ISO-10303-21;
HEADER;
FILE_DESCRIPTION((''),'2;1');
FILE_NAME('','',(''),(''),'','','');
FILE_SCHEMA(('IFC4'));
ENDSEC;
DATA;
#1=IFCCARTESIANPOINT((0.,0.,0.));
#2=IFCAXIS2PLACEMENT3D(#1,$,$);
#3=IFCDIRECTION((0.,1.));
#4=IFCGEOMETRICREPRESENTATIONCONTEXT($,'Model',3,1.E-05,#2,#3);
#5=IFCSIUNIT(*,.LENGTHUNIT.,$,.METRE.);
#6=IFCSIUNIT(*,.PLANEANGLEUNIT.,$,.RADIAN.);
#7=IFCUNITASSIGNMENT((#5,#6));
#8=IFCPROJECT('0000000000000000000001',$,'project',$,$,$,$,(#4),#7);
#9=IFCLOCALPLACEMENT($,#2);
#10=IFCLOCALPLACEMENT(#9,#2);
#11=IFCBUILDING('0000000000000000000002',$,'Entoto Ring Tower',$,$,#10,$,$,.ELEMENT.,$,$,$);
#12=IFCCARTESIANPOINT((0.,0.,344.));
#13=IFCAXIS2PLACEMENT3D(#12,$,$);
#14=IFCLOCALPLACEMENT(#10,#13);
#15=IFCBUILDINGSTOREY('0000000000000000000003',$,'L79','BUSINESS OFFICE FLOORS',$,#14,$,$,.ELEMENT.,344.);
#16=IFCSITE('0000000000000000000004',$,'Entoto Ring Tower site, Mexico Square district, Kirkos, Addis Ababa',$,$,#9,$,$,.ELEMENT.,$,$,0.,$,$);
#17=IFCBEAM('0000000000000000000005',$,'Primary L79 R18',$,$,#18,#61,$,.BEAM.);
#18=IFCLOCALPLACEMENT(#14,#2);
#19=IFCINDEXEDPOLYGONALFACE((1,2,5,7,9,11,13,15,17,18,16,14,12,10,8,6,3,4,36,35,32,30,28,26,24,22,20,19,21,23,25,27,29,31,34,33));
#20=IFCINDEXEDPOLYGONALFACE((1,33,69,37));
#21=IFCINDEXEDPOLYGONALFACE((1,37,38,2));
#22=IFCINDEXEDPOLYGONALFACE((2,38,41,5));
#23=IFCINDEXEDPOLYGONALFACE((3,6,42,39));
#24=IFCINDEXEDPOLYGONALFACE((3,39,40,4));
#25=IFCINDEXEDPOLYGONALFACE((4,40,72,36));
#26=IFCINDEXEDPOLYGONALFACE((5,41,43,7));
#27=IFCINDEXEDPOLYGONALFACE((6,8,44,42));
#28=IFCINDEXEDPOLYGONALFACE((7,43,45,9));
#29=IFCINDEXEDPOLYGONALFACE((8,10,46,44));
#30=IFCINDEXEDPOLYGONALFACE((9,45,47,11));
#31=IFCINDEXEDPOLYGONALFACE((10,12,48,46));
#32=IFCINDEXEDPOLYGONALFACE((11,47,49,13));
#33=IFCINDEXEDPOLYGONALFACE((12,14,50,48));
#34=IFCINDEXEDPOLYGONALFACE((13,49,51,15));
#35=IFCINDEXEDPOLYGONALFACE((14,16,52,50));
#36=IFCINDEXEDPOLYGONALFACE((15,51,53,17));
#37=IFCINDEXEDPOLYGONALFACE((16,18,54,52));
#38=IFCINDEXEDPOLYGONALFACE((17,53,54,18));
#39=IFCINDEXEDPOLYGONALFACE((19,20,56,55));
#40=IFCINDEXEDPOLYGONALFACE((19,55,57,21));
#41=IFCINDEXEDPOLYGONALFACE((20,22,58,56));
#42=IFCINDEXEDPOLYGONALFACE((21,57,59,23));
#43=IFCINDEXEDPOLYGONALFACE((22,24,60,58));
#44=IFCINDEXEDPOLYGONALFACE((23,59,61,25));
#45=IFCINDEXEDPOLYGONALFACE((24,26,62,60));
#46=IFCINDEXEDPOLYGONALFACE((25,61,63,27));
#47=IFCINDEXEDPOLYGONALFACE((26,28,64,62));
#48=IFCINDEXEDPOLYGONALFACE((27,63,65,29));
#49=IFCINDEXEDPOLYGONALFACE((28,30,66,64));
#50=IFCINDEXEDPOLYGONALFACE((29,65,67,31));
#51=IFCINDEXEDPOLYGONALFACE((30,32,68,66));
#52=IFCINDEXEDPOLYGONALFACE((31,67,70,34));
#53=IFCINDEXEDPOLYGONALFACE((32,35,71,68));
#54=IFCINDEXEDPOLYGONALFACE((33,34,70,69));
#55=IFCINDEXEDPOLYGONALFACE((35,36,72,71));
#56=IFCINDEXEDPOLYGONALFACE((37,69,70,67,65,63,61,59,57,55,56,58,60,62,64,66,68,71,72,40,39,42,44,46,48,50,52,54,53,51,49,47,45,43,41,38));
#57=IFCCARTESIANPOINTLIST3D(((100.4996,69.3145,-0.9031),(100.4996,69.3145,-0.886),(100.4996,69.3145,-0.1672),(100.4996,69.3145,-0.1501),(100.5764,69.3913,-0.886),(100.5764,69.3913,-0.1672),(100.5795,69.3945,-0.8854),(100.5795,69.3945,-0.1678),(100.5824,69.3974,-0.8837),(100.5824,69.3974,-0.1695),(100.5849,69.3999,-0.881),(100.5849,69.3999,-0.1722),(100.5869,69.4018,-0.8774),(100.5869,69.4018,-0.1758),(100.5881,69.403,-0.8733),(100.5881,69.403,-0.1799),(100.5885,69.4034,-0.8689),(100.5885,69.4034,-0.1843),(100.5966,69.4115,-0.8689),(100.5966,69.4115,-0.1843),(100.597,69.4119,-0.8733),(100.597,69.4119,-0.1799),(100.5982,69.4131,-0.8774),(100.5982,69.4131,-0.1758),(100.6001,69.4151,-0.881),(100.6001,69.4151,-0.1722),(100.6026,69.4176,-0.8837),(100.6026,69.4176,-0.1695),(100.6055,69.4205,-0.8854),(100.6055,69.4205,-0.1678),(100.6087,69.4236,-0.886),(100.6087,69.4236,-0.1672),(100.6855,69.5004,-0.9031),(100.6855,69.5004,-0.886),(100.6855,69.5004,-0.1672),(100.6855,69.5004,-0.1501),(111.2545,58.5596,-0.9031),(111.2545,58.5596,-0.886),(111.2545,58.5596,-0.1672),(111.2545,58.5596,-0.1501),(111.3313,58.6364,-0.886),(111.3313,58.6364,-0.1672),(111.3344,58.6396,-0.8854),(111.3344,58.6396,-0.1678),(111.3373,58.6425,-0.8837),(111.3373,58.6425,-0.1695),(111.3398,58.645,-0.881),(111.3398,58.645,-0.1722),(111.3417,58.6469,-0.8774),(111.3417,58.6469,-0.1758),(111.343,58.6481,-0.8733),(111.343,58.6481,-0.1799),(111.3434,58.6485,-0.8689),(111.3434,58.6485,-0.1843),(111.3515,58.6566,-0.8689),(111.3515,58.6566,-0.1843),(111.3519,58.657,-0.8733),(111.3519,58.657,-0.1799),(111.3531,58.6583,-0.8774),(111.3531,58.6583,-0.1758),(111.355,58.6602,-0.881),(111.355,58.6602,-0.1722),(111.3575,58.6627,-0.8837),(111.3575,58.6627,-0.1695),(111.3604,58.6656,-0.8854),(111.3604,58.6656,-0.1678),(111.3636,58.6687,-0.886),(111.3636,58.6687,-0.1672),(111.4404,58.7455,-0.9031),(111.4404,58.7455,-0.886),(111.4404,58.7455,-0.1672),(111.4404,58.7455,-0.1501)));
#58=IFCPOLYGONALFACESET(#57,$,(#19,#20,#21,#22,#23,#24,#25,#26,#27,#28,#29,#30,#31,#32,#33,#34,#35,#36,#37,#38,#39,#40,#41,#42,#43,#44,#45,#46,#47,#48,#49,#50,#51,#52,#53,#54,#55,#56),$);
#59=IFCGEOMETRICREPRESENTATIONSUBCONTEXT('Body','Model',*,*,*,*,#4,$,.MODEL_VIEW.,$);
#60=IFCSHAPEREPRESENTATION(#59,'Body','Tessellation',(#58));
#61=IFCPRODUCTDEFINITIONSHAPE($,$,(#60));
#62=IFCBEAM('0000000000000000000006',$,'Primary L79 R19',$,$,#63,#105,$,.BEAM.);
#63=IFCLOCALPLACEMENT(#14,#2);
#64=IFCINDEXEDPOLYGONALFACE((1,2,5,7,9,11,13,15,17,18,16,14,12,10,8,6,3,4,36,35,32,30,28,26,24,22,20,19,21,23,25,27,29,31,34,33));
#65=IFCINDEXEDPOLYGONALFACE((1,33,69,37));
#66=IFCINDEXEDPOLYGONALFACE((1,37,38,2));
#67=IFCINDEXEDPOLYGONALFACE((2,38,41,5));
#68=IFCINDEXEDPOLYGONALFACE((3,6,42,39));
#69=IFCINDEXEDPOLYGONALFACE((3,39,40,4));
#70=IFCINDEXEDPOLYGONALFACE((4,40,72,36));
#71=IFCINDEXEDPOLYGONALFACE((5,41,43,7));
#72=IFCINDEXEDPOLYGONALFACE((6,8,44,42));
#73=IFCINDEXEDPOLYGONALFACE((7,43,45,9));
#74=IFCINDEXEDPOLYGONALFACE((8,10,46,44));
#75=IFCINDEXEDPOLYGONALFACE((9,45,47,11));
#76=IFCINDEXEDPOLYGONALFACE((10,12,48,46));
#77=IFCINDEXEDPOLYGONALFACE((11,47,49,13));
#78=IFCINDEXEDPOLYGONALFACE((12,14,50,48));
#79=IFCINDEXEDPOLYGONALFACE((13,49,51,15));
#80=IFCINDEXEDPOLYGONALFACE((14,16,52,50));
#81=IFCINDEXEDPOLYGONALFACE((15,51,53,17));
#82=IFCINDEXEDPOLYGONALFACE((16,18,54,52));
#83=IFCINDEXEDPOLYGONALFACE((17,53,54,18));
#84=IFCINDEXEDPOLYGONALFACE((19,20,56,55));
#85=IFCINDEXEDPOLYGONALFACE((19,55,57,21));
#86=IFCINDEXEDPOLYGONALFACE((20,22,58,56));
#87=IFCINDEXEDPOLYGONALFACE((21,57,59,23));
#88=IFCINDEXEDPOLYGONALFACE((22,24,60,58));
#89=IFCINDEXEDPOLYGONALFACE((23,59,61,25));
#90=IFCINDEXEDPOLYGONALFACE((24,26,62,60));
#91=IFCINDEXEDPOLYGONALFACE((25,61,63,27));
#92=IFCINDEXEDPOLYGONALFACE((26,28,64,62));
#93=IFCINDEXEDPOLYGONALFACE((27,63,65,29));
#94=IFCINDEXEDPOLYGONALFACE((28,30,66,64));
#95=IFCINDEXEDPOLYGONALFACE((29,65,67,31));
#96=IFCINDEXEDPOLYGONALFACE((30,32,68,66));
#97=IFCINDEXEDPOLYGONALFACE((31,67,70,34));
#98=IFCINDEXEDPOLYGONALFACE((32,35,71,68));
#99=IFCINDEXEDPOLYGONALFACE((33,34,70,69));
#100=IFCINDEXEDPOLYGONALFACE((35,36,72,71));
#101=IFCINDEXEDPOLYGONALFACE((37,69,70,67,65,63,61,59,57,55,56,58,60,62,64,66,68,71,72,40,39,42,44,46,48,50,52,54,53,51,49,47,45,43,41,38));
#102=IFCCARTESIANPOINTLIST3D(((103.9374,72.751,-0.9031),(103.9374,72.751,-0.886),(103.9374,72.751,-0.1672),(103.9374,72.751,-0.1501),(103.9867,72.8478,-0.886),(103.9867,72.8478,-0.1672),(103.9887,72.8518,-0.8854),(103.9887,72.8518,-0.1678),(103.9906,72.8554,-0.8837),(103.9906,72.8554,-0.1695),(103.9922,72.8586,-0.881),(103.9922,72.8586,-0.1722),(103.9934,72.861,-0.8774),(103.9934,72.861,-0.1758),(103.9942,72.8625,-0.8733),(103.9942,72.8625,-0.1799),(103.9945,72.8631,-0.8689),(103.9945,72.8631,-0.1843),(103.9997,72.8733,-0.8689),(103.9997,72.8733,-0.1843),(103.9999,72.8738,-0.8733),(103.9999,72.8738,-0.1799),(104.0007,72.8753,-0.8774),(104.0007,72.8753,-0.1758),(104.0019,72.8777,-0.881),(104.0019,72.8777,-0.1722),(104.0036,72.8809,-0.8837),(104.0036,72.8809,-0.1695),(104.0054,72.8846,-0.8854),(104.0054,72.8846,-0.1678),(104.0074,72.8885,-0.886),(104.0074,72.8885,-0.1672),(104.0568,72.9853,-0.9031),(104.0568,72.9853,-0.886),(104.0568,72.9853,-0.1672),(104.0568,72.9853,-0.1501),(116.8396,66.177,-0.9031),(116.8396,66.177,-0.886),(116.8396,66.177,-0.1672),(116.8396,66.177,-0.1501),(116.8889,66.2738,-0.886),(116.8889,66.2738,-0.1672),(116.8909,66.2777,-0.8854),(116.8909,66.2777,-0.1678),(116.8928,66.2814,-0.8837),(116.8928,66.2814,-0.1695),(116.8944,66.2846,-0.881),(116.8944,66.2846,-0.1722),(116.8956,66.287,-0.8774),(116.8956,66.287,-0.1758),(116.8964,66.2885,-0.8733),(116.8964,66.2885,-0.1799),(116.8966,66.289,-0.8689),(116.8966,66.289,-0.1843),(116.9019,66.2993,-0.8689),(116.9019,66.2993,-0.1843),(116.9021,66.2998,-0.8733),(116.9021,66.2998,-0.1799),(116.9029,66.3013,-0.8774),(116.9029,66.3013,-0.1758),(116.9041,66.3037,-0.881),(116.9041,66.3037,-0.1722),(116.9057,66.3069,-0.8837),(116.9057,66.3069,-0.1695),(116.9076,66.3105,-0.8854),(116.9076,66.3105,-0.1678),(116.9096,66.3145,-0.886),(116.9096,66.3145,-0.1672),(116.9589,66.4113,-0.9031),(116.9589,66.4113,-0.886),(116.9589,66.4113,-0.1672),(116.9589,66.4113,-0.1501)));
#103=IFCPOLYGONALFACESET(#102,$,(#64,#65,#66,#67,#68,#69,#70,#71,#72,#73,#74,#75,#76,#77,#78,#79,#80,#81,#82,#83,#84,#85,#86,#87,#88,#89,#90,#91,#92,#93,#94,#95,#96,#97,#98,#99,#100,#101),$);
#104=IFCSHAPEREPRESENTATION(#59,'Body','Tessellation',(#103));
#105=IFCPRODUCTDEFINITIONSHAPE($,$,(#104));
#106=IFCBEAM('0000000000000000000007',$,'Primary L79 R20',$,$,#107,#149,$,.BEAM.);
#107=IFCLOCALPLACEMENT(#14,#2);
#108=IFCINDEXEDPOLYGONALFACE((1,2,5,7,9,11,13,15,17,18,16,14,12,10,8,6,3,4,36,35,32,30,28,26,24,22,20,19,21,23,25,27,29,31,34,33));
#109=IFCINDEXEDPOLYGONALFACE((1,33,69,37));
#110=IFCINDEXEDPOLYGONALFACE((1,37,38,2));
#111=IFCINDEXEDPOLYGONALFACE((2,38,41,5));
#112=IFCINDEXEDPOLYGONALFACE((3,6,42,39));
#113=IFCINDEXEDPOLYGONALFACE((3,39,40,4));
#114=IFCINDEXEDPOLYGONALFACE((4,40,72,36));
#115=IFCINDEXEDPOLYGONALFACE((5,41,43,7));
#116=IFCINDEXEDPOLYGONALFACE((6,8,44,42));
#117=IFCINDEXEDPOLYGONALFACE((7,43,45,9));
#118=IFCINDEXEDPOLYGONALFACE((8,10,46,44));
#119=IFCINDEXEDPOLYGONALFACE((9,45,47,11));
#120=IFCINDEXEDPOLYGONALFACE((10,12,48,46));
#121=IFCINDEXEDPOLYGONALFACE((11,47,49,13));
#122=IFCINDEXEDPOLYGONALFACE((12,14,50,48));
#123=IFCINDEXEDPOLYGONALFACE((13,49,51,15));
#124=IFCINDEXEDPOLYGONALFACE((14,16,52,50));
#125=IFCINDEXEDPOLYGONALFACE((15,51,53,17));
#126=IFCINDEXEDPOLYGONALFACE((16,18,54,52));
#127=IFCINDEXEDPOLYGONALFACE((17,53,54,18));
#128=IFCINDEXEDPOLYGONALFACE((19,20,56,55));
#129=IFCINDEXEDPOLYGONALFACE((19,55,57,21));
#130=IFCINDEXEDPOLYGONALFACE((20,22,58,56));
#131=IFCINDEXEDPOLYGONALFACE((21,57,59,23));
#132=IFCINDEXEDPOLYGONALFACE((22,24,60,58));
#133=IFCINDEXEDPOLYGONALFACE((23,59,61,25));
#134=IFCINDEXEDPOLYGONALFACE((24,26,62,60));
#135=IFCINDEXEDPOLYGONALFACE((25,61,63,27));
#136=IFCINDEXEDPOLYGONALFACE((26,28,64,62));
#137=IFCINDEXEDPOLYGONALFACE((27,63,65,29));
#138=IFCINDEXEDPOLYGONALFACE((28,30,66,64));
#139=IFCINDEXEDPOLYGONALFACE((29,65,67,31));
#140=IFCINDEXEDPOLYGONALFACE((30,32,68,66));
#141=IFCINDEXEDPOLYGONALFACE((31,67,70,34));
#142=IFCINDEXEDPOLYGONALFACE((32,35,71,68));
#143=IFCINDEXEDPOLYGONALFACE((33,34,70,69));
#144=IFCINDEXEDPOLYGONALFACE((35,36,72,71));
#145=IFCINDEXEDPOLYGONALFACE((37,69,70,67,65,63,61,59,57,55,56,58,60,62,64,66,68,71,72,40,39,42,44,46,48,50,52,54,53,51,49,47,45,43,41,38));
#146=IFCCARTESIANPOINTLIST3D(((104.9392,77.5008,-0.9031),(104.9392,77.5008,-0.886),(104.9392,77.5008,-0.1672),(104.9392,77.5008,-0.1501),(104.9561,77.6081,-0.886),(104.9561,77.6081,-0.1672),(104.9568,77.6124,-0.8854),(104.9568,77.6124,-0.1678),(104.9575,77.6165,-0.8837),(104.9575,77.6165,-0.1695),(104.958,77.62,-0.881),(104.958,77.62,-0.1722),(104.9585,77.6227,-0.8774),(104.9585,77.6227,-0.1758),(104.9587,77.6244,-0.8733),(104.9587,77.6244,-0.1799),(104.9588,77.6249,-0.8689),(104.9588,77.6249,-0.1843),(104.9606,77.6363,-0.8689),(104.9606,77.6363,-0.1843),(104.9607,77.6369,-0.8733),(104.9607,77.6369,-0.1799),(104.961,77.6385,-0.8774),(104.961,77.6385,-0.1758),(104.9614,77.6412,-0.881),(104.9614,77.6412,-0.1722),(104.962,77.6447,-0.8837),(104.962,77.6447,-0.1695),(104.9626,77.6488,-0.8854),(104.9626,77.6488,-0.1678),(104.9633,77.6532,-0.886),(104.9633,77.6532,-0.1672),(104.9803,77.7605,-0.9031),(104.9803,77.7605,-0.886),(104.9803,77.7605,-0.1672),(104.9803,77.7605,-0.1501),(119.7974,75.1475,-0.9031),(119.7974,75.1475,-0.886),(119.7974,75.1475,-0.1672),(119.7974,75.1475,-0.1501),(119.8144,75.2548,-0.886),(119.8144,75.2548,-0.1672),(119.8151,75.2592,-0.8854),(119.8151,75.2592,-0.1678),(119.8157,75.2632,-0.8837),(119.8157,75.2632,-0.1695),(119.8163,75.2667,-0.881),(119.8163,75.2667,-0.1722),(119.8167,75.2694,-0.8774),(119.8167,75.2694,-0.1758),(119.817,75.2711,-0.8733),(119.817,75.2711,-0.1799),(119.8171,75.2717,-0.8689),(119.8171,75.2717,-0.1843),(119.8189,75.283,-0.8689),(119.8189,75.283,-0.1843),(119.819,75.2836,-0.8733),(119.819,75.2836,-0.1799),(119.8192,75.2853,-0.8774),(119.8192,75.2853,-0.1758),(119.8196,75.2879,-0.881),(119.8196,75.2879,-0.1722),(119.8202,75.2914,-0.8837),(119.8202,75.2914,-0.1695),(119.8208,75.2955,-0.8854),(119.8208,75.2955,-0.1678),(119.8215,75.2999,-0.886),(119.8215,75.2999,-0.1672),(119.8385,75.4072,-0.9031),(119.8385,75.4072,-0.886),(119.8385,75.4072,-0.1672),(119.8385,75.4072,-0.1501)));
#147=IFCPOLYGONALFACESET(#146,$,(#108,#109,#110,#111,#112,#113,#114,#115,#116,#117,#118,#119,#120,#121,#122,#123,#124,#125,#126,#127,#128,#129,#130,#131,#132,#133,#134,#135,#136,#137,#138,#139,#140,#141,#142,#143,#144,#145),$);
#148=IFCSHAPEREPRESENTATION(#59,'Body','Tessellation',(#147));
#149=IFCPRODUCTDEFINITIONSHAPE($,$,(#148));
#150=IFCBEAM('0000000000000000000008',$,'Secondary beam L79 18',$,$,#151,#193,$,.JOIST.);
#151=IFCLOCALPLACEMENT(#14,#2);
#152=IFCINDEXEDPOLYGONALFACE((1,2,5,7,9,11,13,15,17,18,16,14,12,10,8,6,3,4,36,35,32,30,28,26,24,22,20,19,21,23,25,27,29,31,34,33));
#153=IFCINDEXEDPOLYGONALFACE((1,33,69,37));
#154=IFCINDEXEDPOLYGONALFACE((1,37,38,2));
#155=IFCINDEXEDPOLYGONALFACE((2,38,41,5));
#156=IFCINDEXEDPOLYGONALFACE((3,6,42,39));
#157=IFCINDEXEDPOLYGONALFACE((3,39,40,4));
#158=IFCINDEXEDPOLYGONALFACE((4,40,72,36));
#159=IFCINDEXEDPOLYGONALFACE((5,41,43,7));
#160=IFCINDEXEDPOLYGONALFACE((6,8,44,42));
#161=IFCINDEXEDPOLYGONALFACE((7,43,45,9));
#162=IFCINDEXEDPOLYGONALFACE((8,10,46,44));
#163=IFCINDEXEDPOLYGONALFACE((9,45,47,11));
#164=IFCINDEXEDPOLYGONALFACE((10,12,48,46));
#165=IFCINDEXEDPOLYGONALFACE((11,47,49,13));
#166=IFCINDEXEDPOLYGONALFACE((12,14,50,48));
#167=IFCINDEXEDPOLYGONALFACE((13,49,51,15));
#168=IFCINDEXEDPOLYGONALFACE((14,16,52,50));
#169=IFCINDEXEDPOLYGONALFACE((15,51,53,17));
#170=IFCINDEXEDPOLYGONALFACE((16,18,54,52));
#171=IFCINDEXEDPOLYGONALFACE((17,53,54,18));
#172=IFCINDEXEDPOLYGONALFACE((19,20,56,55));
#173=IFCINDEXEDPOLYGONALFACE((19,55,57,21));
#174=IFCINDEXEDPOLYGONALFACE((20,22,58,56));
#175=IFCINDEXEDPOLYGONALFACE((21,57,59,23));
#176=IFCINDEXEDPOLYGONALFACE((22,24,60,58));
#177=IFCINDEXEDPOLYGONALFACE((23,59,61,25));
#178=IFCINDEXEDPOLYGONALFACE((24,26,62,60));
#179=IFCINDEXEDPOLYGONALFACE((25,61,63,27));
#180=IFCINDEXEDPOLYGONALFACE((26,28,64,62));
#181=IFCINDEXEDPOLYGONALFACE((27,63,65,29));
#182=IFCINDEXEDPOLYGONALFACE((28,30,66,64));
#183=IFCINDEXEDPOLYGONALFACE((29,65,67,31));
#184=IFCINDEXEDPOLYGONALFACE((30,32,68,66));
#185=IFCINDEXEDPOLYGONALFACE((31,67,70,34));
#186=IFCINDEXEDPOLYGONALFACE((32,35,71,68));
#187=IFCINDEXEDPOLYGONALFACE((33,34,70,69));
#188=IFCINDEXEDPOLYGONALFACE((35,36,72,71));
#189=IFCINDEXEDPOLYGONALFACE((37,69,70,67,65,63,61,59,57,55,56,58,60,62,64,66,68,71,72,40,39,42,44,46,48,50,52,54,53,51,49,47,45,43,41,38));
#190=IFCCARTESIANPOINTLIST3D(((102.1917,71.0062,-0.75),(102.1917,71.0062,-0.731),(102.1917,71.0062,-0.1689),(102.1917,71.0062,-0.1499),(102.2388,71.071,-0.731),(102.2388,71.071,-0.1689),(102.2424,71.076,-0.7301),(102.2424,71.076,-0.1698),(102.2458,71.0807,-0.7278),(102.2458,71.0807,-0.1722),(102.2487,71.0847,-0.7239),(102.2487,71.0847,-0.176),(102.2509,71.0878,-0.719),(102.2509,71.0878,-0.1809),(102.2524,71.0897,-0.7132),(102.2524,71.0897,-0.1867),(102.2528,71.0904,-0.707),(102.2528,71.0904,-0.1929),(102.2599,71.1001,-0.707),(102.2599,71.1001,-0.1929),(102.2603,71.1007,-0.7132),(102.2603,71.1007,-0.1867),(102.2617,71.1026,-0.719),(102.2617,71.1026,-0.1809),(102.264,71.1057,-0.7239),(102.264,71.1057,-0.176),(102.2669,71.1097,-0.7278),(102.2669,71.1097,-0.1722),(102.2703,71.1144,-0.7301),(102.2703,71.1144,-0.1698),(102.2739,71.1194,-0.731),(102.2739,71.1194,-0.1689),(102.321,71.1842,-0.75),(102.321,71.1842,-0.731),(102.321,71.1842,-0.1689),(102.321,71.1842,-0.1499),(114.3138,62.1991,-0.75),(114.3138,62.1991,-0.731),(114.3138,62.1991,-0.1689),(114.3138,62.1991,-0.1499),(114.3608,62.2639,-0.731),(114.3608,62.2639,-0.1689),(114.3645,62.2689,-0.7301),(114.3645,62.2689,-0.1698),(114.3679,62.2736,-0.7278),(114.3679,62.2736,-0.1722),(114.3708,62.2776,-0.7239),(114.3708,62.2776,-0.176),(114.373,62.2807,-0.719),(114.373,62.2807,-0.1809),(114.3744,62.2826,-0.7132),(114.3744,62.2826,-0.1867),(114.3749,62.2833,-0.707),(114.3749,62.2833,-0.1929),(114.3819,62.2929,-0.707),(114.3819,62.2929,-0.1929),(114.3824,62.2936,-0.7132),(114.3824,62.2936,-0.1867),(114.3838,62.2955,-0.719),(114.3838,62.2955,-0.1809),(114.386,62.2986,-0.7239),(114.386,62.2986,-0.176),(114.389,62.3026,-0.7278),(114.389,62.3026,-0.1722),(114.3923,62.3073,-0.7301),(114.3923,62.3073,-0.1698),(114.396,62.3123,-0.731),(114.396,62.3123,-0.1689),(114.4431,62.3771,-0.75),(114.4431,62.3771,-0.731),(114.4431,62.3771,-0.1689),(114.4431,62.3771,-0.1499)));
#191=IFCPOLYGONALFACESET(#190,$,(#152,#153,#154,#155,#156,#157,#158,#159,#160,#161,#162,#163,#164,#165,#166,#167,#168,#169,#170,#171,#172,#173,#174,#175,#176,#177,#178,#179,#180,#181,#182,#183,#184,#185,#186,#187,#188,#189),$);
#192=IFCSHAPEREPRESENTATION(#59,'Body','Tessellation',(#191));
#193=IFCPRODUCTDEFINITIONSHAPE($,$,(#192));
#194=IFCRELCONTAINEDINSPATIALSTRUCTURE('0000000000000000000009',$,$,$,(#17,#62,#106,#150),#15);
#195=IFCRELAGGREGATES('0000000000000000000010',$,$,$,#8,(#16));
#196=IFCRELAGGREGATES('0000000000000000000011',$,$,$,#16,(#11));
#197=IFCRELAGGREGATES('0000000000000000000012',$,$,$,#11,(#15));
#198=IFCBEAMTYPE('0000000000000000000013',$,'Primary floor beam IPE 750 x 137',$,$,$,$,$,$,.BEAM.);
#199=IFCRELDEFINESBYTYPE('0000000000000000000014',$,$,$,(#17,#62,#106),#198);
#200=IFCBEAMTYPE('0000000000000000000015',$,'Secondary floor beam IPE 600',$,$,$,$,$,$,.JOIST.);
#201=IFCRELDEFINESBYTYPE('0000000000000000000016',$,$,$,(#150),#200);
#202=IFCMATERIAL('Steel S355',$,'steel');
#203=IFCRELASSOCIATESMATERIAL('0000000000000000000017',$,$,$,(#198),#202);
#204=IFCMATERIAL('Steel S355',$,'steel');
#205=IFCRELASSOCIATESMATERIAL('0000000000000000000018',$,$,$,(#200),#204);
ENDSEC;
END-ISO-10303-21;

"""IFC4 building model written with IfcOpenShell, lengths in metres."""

from ifc_helpers import new_model, si_unit, direction, frame, origin, origin_2d, place, context, subcontext, project, spatial, i_section, extrude, material, material_profile, profile_set, type_object, element, save


model = new_model("IFC4")

# Units and contexts
model_context = context("Model", 3, precision=1e-05, world=origin(), true_north=direction((0.0, 1.0)))
body_context = subcontext(model_context, "Body", "Model", "MODEL_VIEW")
ifc_project = project(units=[si_unit("LENGTHUNIT", "METRE"), si_unit("PLANEANGLEUNIT", "RADIAN")], contexts=[model_context])

# Site, building, storey
site_placement = place(None, origin())
site = spatial("IfcSite", under=ifc_project, at=site_placement, Name="Entoto Ring Tower site, Mexico Square district, Kirkos, Addis Ababa", CompositionType="ELEMENT", RefElevation=0.0)
building_placement = place(site_placement, origin())
building = spatial("IfcBuilding", under=site, at=building_placement, Name="Entoto Ring Tower", CompositionType="ELEMENT")
storey_placement = place(building_placement, frame((0.0, 0.0, 344.0)))
storey = spatial("IfcBuildingStorey", under=building, at=storey_placement, Name="L79", Description="BUSINESS OFFICE FLOORS", CompositionType="ELEMENT", Elevation=344.0)

# Beams
ifc_material_1 = material(Name="Steel S355", Category="steel")
ifc_material_profile_1 = material_profile(ifc_material_1, i_section(OverallWidth=0.2629, OverallDepth=0.7529, WebThickness=0.0115, FlangeThickness=0.0171, FilletRadius=0.0171, at=origin_2d()), Name="IPE 750 x 137")
ifc_profile_set_1 = profile_set([ifc_material_profile_1], Name="Steel S355")
beam_type_1 = type_object("IfcBeamType", Name="Primary floor beam IPE 750 x 137", PredefinedType="BEAM", material=ifc_profile_set_1)
beam_1_placement = place(storey_placement, frame((100.5925, 69.4075, -0.5266), z_axis=(0.707107, -0.707107, 0.0), x_axis=(0.707107, 0.707107, 0.0)))
element("IfcBeam", 1, at=beam_1_placement, inside=storey, type_object=beam_type_1, Name="Primary L79 R18", PredefinedType="BEAM", context=body_context, shape_type="SweptSolid", body=[
    extrude(i_section(OverallWidth=0.2629, OverallDepth=0.7529, WebThickness=0.0115, FlangeThickness=0.0171, FilletRadius=0.0171, at=origin_2d()), origin(), (0.0, 0.0, 1.0), 15.2097),
])
beam_2_placement = place(storey_placement, frame((103.9971, 72.8682, -0.5266), z_axis=(0.891006, -0.453992, 0.0), x_axis=(0.453992, 0.891006, 0.0)))
element("IfcBeam", 2, at=beam_2_placement, inside=storey, type_object=beam_type_1, Name="Primary L79 R19", PredefinedType="BEAM", context=body_context, shape_type="SweptSolid", body=[
    extrude(i_section(OverallWidth=0.2629, OverallDepth=0.7529, WebThickness=0.0115, FlangeThickness=0.0171, FilletRadius=0.0171, at=origin_2d()), origin(), (0.0, 0.0, 1.0), 14.4805),
])
beam_3_placement = place(storey_placement, frame((104.9597, 77.6306, -0.5266), z_axis=(0.987689, -0.156433, 0.0), x_axis=(0.156433, 0.987689, 0.0)))
element("IfcBeam", 3, at=beam_3_placement, inside=storey, type_object=beam_type_1, Name="Primary L79 R20", PredefinedType="BEAM", context=body_context, shape_type="SweptSolid", body=[
    extrude(i_section(OverallWidth=0.2629, OverallDepth=0.7529, WebThickness=0.0115, FlangeThickness=0.0171, FilletRadius=0.0171, at=origin_2d()), origin(), (0.0, 0.0, 1.0), 15.0435),
])
ifc_material_2 = material(Name="Steel S355", Category="steel")
ifc_material_profile_2 = material_profile(ifc_material_2, i_section(OverallWidth=0.22, OverallDepth=0.6001, WebThickness=0.012, FlangeThickness=0.019, FilletRadius=0.0239, at=origin_2d()), Name="IPE 600")
ifc_profile_set_2 = profile_set([ifc_material_profile_2], Name="Steel S355")
beam_type_2 = type_object("IfcBeamType", Name="Secondary floor beam IPE 600", PredefinedType="JOIST", material=ifc_profile_set_2)
beam_4_placement = place(storey_placement, frame((102.2563, 71.0952, -0.45), z_axis=(0.809019, -0.587782, 0.0), x_axis=(0.587782, 0.809019, 0.0)))
element("IfcBeam", 4, at=beam_4_placement, inside=storey, type_object=beam_type_2, Name="Secondary beam L79 18", PredefinedType="JOIST", context=body_context, shape_type="SweptSolid", body=[
    extrude(i_section(OverallWidth=0.22, OverallDepth=0.6001, WebThickness=0.012, FlangeThickness=0.019, FilletRadius=0.0239, at=origin_2d()), origin(), (0.0, 0.0, 1.0), 14.9836),
])

save(model, "model.ifc")
